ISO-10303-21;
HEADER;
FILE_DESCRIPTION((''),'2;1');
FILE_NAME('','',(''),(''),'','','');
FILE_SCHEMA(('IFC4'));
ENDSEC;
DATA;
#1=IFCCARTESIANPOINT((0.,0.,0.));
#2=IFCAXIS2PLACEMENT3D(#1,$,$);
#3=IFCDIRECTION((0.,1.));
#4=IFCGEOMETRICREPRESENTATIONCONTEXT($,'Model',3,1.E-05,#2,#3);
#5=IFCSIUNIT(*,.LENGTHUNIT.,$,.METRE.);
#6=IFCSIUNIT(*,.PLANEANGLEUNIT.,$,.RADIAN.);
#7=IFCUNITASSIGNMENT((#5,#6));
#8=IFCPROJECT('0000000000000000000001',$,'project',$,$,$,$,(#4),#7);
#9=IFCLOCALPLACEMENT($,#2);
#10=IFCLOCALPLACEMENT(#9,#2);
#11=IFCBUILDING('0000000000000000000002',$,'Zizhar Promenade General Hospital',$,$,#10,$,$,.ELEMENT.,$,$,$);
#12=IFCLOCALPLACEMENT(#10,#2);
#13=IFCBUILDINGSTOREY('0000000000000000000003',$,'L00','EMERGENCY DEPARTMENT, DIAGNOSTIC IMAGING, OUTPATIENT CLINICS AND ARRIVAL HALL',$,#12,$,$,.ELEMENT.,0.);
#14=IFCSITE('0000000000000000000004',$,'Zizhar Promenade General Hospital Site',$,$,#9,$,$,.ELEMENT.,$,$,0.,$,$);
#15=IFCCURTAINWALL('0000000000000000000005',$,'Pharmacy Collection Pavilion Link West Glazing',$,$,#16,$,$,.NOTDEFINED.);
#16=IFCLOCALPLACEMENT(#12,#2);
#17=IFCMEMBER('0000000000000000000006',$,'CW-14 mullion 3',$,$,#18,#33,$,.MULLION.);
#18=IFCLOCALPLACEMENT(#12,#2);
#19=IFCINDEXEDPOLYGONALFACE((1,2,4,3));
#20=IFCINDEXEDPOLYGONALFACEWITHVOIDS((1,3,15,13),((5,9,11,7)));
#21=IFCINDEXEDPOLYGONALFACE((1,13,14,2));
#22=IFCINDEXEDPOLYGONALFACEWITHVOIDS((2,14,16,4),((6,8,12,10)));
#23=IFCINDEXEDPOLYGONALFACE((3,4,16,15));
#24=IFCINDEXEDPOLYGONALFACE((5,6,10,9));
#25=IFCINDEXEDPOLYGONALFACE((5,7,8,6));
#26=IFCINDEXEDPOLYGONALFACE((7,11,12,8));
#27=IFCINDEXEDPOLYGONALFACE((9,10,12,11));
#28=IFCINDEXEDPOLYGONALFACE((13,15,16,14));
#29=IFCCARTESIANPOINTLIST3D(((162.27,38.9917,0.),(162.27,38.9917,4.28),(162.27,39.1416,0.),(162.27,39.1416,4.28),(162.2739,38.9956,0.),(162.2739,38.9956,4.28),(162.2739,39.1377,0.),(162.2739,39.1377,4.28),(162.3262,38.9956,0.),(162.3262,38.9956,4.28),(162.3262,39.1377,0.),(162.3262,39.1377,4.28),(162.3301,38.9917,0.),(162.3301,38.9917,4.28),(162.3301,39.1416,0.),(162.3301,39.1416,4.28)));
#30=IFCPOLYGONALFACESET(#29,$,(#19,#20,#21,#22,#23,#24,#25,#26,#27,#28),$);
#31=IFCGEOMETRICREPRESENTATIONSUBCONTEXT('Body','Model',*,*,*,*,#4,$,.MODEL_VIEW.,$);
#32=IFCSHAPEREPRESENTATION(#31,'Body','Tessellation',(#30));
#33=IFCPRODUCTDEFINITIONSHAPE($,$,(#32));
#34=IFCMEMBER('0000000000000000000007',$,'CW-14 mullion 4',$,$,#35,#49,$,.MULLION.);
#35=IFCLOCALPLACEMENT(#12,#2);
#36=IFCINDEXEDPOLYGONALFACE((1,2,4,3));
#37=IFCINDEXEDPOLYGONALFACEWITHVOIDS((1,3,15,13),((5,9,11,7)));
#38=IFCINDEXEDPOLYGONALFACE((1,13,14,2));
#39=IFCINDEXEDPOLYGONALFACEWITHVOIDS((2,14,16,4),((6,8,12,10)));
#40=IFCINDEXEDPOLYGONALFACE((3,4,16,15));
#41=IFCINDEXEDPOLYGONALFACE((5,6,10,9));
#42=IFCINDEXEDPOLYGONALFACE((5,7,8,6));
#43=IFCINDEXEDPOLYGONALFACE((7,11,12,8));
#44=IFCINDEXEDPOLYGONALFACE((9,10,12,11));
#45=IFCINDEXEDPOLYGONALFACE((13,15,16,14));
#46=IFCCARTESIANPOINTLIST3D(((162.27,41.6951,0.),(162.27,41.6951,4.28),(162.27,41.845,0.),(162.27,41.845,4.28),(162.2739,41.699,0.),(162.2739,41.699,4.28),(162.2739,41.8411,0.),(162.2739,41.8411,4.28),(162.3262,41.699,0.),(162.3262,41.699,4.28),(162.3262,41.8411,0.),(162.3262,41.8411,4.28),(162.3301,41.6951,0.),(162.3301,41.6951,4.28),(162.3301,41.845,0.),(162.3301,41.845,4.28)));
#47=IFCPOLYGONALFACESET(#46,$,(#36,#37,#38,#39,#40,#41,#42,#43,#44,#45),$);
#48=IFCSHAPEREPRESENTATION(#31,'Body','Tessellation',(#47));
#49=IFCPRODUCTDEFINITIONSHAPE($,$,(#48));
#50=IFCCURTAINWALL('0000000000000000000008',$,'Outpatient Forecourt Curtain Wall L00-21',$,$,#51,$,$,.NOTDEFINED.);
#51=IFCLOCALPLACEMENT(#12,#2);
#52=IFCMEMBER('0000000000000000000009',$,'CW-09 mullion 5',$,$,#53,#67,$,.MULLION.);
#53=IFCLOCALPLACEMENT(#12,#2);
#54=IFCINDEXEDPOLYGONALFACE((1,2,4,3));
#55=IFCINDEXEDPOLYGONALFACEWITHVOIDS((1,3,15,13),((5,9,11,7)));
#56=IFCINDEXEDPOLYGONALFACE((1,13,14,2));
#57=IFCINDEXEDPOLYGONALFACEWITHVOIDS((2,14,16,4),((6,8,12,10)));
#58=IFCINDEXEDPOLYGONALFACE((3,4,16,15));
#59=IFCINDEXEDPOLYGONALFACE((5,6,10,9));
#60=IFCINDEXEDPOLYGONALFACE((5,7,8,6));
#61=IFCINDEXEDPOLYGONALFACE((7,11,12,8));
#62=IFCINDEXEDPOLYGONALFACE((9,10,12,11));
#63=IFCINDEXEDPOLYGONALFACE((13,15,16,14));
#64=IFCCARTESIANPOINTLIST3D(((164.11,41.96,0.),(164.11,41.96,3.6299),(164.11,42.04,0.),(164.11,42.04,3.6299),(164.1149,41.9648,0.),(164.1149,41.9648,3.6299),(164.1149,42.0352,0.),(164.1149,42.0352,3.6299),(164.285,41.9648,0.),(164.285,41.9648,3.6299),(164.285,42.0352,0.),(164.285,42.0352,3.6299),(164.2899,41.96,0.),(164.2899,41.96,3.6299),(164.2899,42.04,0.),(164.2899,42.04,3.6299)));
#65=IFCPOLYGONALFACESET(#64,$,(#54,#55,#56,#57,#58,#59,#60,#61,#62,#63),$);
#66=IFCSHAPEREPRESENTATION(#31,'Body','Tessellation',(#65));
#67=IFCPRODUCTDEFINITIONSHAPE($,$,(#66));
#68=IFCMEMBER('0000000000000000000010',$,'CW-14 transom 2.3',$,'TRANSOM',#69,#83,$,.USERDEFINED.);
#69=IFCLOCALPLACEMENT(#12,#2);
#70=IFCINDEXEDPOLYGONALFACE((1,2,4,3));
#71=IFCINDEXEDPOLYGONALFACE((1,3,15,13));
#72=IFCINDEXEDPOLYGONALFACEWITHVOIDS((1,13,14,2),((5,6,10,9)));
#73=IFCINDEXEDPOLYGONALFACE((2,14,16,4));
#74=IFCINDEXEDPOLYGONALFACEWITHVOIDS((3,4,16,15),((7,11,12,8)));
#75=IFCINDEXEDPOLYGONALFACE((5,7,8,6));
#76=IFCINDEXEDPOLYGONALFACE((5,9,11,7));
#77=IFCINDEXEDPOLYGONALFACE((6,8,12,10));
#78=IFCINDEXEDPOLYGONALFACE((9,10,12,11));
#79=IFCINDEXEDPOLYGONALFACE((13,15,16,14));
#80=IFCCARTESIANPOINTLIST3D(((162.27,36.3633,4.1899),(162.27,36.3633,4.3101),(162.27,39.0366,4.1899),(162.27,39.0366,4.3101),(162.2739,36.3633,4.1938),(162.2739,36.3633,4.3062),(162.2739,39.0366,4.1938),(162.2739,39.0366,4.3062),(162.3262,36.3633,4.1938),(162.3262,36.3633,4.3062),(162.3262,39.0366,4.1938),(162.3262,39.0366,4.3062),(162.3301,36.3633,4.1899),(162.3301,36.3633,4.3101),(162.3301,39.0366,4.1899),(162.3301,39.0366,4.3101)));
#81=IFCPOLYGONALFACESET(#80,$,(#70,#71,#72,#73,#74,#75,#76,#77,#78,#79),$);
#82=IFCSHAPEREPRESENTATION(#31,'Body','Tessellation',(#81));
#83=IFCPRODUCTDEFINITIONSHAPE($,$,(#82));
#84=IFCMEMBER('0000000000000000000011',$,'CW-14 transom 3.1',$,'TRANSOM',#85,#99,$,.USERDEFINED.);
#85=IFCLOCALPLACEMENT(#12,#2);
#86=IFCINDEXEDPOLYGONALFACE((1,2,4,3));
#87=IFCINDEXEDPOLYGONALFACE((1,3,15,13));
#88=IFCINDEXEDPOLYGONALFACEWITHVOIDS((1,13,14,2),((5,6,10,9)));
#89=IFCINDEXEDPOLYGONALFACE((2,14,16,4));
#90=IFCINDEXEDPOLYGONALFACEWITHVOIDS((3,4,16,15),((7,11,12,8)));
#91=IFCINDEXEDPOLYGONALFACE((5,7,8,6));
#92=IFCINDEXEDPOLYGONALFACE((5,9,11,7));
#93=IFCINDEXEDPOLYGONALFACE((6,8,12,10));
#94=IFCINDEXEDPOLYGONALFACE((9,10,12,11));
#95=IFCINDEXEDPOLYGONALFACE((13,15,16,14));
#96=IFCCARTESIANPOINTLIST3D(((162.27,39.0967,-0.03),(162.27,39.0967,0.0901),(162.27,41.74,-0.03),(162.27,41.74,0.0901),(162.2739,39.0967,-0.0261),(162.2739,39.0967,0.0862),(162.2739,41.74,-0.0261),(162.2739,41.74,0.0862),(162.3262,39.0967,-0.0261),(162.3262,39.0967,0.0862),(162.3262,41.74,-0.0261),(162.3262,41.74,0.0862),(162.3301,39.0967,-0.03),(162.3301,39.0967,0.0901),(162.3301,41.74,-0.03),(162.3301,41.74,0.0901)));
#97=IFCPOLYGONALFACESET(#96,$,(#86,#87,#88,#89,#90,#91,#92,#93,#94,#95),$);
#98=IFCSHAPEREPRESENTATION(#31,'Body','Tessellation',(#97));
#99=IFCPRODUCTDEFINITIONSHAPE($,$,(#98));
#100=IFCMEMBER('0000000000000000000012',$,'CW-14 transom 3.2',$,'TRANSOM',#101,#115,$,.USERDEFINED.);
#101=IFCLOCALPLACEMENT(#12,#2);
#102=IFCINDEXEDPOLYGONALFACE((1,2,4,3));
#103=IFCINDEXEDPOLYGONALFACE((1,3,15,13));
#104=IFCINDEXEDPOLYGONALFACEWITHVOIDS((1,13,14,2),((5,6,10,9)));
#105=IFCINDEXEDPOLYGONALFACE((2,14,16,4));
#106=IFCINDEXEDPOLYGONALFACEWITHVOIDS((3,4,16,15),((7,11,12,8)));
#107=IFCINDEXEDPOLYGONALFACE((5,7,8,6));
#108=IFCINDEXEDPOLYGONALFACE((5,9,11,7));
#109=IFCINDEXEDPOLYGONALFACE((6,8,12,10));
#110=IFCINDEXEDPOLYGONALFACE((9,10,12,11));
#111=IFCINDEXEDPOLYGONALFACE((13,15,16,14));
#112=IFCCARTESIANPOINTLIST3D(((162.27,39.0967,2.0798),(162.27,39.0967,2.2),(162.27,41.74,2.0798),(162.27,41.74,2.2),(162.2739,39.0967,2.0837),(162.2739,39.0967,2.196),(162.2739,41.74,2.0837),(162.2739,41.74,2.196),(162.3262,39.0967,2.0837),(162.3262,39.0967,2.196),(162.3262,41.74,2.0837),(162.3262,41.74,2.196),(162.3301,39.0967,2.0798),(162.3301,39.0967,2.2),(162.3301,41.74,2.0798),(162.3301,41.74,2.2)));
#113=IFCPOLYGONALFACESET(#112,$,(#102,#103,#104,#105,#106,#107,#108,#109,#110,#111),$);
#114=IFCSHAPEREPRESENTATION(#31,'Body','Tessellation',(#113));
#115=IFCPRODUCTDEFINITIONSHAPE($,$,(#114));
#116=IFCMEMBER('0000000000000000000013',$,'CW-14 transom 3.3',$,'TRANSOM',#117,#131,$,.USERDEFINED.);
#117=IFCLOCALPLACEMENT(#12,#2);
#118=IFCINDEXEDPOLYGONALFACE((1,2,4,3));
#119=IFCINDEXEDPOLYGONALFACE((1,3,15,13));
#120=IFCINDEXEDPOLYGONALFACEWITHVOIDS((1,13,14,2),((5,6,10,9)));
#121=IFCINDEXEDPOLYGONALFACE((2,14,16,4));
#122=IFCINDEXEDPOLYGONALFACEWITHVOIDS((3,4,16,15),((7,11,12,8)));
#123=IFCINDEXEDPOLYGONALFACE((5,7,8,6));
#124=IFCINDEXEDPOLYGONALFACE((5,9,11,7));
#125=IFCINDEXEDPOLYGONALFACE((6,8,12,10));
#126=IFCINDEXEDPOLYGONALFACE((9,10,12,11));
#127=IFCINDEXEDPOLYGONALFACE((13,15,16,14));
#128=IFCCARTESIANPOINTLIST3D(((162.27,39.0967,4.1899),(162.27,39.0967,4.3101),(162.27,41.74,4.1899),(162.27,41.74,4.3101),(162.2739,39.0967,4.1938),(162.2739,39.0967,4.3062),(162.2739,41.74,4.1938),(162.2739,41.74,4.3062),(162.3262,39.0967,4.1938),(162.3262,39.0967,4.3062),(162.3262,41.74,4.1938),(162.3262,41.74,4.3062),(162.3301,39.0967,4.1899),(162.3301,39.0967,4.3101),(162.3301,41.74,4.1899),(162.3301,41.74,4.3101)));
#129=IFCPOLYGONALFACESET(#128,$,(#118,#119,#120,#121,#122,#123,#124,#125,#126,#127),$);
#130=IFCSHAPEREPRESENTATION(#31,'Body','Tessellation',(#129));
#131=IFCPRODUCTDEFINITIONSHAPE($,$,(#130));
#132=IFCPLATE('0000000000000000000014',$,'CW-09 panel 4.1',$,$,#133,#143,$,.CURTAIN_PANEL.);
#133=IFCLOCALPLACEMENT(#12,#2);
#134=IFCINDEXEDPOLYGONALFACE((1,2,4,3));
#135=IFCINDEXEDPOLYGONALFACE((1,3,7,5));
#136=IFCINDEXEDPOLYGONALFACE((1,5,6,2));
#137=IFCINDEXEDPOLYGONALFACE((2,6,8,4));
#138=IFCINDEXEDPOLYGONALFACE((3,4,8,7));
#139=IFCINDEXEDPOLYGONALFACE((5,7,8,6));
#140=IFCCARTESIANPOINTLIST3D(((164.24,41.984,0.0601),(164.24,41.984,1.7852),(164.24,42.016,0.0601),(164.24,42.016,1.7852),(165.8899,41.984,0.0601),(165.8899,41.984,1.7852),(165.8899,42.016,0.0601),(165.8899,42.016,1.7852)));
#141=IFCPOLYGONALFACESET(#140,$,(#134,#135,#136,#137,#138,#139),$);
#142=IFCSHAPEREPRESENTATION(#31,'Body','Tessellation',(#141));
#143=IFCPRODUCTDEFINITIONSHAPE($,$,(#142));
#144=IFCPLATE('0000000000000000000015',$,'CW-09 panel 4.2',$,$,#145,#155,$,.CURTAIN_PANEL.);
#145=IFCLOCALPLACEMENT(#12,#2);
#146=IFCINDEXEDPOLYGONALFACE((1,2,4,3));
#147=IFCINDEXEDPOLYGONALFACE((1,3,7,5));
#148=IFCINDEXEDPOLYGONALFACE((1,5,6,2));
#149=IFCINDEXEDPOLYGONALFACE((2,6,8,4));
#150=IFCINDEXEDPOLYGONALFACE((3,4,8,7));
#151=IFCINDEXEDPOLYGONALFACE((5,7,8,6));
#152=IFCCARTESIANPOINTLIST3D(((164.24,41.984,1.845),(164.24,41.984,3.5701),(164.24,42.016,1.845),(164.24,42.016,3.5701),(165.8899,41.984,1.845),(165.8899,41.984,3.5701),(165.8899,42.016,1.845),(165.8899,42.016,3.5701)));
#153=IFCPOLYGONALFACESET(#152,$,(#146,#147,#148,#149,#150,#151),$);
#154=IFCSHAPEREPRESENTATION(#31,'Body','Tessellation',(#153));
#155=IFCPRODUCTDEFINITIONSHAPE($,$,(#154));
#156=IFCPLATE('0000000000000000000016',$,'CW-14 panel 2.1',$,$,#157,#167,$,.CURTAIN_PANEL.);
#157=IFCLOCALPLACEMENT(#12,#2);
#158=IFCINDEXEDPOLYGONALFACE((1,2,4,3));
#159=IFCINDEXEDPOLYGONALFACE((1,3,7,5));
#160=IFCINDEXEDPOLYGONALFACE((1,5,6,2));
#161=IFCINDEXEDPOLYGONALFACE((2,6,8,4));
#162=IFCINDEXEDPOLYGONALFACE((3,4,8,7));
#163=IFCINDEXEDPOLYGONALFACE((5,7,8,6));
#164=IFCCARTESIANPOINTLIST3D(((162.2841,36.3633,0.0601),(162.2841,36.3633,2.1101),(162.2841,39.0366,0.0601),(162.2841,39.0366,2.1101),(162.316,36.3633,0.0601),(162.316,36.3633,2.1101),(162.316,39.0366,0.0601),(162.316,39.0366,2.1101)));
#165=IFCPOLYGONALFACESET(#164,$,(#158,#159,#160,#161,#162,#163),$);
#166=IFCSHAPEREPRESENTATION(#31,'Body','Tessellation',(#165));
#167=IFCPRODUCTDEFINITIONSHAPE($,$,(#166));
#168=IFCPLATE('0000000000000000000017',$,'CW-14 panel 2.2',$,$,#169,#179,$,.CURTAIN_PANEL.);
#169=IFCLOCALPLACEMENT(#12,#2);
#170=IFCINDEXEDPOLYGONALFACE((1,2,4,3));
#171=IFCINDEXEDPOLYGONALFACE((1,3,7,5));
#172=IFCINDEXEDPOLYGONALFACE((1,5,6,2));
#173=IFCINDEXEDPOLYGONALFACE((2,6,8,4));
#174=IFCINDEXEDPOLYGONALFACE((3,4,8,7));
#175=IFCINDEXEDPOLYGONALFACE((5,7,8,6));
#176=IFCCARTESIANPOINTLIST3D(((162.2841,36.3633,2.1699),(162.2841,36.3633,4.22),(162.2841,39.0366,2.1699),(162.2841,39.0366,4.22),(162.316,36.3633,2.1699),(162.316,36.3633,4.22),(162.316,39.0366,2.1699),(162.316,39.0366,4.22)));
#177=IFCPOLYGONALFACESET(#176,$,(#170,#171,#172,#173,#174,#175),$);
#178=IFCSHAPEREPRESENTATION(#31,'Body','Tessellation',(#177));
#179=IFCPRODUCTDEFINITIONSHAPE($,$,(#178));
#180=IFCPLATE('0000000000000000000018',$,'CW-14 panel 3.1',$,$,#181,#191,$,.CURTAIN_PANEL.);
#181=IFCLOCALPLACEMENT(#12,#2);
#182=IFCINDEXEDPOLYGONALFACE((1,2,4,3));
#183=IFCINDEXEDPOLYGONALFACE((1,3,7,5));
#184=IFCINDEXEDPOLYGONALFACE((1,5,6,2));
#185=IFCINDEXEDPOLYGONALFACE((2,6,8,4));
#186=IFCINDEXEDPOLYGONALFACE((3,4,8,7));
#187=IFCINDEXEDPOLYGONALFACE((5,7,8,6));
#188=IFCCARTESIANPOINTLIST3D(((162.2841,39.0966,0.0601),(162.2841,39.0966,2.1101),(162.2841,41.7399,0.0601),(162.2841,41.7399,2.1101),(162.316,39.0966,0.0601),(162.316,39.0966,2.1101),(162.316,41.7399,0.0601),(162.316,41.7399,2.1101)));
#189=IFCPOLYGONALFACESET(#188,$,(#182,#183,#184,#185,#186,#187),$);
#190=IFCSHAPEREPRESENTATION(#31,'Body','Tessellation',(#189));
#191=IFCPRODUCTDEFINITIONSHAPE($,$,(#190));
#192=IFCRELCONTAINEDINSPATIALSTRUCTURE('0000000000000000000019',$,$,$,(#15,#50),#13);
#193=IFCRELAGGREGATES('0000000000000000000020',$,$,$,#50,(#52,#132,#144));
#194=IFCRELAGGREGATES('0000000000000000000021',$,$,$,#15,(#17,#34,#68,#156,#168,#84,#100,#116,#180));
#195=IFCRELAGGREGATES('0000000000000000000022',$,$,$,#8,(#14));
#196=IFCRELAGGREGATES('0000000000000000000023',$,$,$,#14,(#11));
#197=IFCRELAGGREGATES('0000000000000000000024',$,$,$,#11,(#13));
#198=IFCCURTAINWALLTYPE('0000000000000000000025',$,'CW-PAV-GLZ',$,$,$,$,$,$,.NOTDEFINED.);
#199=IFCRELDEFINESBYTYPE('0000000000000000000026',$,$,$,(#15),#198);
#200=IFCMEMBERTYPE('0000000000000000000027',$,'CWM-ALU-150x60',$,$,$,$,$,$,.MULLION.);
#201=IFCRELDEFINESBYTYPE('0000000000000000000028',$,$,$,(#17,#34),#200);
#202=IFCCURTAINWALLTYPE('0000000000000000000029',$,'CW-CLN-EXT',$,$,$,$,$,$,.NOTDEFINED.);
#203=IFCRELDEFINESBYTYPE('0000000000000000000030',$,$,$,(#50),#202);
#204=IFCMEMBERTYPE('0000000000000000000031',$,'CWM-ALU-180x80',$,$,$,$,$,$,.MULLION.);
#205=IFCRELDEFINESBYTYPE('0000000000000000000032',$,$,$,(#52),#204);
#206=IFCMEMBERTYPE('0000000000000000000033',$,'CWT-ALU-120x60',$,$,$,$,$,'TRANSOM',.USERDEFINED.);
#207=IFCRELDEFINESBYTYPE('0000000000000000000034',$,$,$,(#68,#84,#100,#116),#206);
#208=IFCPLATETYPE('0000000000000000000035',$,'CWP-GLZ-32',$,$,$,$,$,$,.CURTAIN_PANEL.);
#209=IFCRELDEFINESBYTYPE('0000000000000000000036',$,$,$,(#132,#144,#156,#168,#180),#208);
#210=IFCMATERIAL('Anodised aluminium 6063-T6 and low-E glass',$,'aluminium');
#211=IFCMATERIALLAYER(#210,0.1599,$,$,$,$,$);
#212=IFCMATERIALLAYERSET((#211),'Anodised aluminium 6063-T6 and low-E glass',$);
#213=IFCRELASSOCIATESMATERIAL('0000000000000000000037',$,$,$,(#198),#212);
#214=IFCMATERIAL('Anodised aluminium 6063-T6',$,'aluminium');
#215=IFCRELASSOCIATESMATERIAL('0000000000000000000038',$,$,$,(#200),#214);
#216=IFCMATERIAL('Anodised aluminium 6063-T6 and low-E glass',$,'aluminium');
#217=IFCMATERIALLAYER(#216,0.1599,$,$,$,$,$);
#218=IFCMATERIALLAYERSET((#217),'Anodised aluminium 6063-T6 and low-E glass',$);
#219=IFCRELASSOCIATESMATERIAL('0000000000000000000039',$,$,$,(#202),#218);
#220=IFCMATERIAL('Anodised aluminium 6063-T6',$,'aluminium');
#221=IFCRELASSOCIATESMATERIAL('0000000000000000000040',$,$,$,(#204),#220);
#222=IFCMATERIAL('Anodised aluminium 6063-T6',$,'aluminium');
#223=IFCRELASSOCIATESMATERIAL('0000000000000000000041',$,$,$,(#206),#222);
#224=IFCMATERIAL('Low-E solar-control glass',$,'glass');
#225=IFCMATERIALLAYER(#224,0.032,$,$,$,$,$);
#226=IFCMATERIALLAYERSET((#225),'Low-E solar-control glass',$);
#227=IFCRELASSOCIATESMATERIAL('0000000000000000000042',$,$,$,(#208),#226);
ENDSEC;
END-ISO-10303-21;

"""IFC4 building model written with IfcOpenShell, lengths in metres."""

from ifc_helpers import new_model, si_unit, direction, frame, origin, origin_2d, place, context, subcontext, project, spatial, rectangle, hollow_rectangle, extrude, material, layer, layer_set, material_profile, profile_set, type_object, element, aggregate, save


model = new_model("IFC4")

# Units and contexts
model_context = context("Model", 3, precision=1e-05, world=origin(), true_north=direction((0.0, 1.0)))
body_context = subcontext(model_context, "Body", "Model", "MODEL_VIEW")
ifc_project = project(units=[si_unit("LENGTHUNIT", "METRE"), si_unit("PLANEANGLEUNIT", "RADIAN")], contexts=[model_context])

# Site, building, storey
site_placement = place(None, origin())
site = spatial("IfcSite", under=ifc_project, at=site_placement, Name="Zizhar Promenade General Hospital Site", CompositionType="ELEMENT", RefElevation=0.0)
building_placement = place(site_placement, origin())
building = spatial("IfcBuilding", under=site, at=building_placement, Name="Zizhar Promenade General Hospital", CompositionType="ELEMENT")
storey_placement = place(building_placement, origin())
storey = spatial("IfcBuildingStorey", under=building, at=storey_placement, Name="L00", Description="EMERGENCY DEPARTMENT, DIAGNOSTIC IMAGING, OUTPATIENT CLINICS AND ARRIVAL HALL", CompositionType="ELEMENT", Elevation=0.0)

# Curtain wall, members
ifc_material_1 = material(Name="Anodised aluminium 6063-T6 and low-E glass", Category="aluminium")
ifc_layer_1 = layer(ifc_material_1, 0.1599)
ifc_layer_set_1 = layer_set([ifc_layer_1], Name="Anodised aluminium 6063-T6 and low-E glass")
curtain_wall_type_1 = type_object("IfcCurtainWallType", Name="CW-PAV-GLZ", PredefinedType="NOTDEFINED", material=ifc_layer_set_1)
curtain_wall_1_placement = place(storey_placement, origin())
curtain_wall_1 = element("IfcCurtainWall", 1, at=curtain_wall_1_placement, inside=storey, type_object=curtain_wall_type_1, Name="Pharmacy Collection Pavilion Link West Glazing", PredefinedType="NOTDEFINED")
ifc_material_2 = material(Name="Anodised aluminium 6063-T6", Category="aluminium")
ifc_material_profile_1 = material_profile(ifc_material_2, hollow_rectangle(XDim=0.0601, YDim=0.1499, WallThickness=0.0039, at=origin_2d()))
ifc_profile_set_1 = profile_set([ifc_material_profile_1], Name="Anodised aluminium 6063-T6")
member_type_1 = type_object("IfcMemberType", Name="CWM-ALU-150x60", PredefinedType="MULLION", material=ifc_profile_set_1)
member_1_placement = place(storey_placement, frame((162.3, 39.0667, 0.0), z_axis=(0.0, 0.0, 1.0), x_axis=(-1.0, 0.0, 0.0)))
member_1 = element("IfcMember", 2, at=member_1_placement, type_object=member_type_1, Name="CW-14 mullion 3", PredefinedType="MULLION", context=body_context, shape_type="SweptSolid", body=[
    extrude(hollow_rectangle(XDim=0.0601, YDim=0.1499, WallThickness=0.0039, at=origin_2d()), origin(), (0.0, 0.0, 1.0), 4.28),
])
member_2_placement = place(storey_placement, frame((162.3, 41.77, 0.0), z_axis=(0.0, 0.0, 1.0), x_axis=(-1.0, 0.0, 0.0)))
member_2 = element("IfcMember", 3, at=member_2_placement, type_object=member_type_1, Name="CW-14 mullion 4", PredefinedType="MULLION", context=body_context, shape_type="SweptSolid", body=[
    extrude(hollow_rectangle(XDim=0.0601, YDim=0.1499, WallThickness=0.0039, at=origin_2d()), origin(), (0.0, 0.0, 1.0), 4.28),
])

# Curtain wall, member
ifc_material_3 = material(Name="Anodised aluminium 6063-T6 and low-E glass", Category="aluminium")
ifc_layer_2 = layer(ifc_material_3, 0.1599)
ifc_layer_set_2 = layer_set([ifc_layer_2], Name="Anodised aluminium 6063-T6 and low-E glass")
curtain_wall_type_2 = type_object("IfcCurtainWallType", Name="CW-CLN-EXT", PredefinedType="NOTDEFINED", material=ifc_layer_set_2)
curtain_wall_2_placement = place(storey_placement, origin())
curtain_wall_2 = element("IfcCurtainWall", 4, at=curtain_wall_2_placement, inside=storey, type_object=curtain_wall_type_2, Name="Outpatient Forecourt Curtain Wall L00-21", PredefinedType="NOTDEFINED")
ifc_material_4 = material(Name="Anodised aluminium 6063-T6", Category="aluminium")
ifc_material_profile_2 = material_profile(ifc_material_4, hollow_rectangle(XDim=0.0801, YDim=0.1799, WallThickness=0.0049, at=origin_2d()))
ifc_profile_set_2 = profile_set([ifc_material_profile_2], Name="Anodised aluminium 6063-T6")
member_type_2 = type_object("IfcMemberType", Name="CWM-ALU-180x80", PredefinedType="MULLION", material=ifc_profile_set_2)
member_3_placement = place(storey_placement, frame((164.2, 42.0, 0.0), z_axis=(0.0, 0.0, 1.0), x_axis=(0.0, -1.0, 0.0)))
member_3 = element("IfcMember", 5, at=member_3_placement, type_object=member_type_2, Name="CW-09 mullion 5", PredefinedType="MULLION", context=body_context, shape_type="SweptSolid", body=[
    extrude(hollow_rectangle(XDim=0.0801, YDim=0.1799, WallThickness=0.0049, at=origin_2d()), origin(), (0.0, 0.0, 1.0), 3.6299),
])

# Members
ifc_material_5 = material(Name="Anodised aluminium 6063-T6", Category="aluminium")
ifc_material_profile_3 = material_profile(ifc_material_5, hollow_rectangle(XDim=0.0601, YDim=0.1201, WallThickness=0.0039, at=origin_2d()))
ifc_profile_set_3 = profile_set([ifc_material_profile_3], Name="Anodised aluminium 6063-T6")
member_type_3 = type_object("IfcMemberType", Name="CWT-ALU-120x60", ElementType="TRANSOM", PredefinedType="USERDEFINED", material=ifc_profile_set_3)
member_4_placement = place(storey_placement, frame((162.3, 36.3633, 4.25), z_axis=(0.0, 1.0, 0.0), x_axis=(-1.0, 0.0, 0.0)))
member_4 = element("IfcMember", 6, at=member_4_placement, type_object=member_type_3, Name="CW-14 transom 2.3", ObjectType="TRANSOM", PredefinedType="USERDEFINED", context=body_context, shape_type="SweptSolid", body=[
    extrude(hollow_rectangle(XDim=0.0601, YDim=0.1201, WallThickness=0.0039, at=origin_2d()), origin(), (0.0, 0.0, 1.0), 2.6733),
])
member_5_placement = place(storey_placement, frame((162.3, 39.0967, 0.03), z_axis=(0.0, 1.0, 0.0), x_axis=(-1.0, 0.0, 0.0)))
member_5 = element("IfcMember", 7, at=member_5_placement, type_object=member_type_3, Name="CW-14 transom 3.1", ObjectType="TRANSOM", PredefinedType="USERDEFINED", context=body_context, shape_type="SweptSolid", body=[
    extrude(hollow_rectangle(XDim=0.0601, YDim=0.1201, WallThickness=0.0039, at=origin_2d()), origin(), (0.0, 0.0, 1.0), 2.6433),
])
member_6_placement = place(storey_placement, frame((162.3, 39.0967, 2.1399), z_axis=(0.0, 1.0, 0.0), x_axis=(-1.0, 0.0, 0.0)))
member_6 = element("IfcMember", 8, at=member_6_placement, type_object=member_type_3, Name="CW-14 transom 3.2", ObjectType="TRANSOM", PredefinedType="USERDEFINED", context=body_context, shape_type="SweptSolid", body=[
    extrude(hollow_rectangle(XDim=0.0601, YDim=0.1201, WallThickness=0.0039, at=origin_2d()), origin(), (0.0, 0.0, 1.0), 2.6433),
])
member_7_placement = place(storey_placement, frame((162.3, 39.0967, 4.25), z_axis=(0.0, 1.0, 0.0), x_axis=(-1.0, 0.0, 0.0)))
member_7 = element("IfcMember", 9, at=member_7_placement, type_object=member_type_3, Name="CW-14 transom 3.3", ObjectType="TRANSOM", PredefinedType="USERDEFINED", context=body_context, shape_type="SweptSolid", body=[
    extrude(hollow_rectangle(XDim=0.0601, YDim=0.1201, WallThickness=0.0039, at=origin_2d()), origin(), (0.0, 0.0, 1.0), 2.6433),
])

# Plates
ifc_material_6 = material(Name="Low-E solar-control glass", Category="glass")
ifc_layer_3 = layer(ifc_material_6, 0.032)
ifc_layer_set_3 = layer_set([ifc_layer_3], Name="Low-E solar-control glass")
plate_type = type_object("IfcPlateType", Name="CWP-GLZ-32", PredefinedType="CURTAIN_PANEL", material=ifc_layer_set_3)
plate_1_placement = place(storey_placement, frame((165.0649, 42.0, 0.0601), z_axis=(0.0, 0.0, 1.0), x_axis=(-1.0, 0.0, 0.0)))
plate_1 = element("IfcPlate", 10, at=plate_1_placement, type_object=plate_type, Name="CW-09 panel 4.1", PredefinedType="CURTAIN_PANEL", context=body_context, shape_type="SweptSolid", body=[
    extrude(rectangle(XDim=1.6499, YDim=0.032, at=origin_2d()), origin(), (0.0, 0.0, 1.0), 1.7251),
])
plate_2_placement = place(storey_placement, frame((165.0649, 42.0, 1.845), z_axis=(0.0, 0.0, 1.0), x_axis=(-1.0, 0.0, 0.0)))
plate_2 = element("IfcPlate", 11, at=plate_2_placement, type_object=plate_type, Name="CW-09 panel 4.2", PredefinedType="CURTAIN_PANEL", context=body_context, shape_type="SweptSolid", body=[
    extrude(rectangle(XDim=1.6499, YDim=0.032, at=origin_2d()), origin(), (0.0, 0.0, 1.0), 1.7251),
])
aggregate(curtain_wall_2, [member_3, plate_1, plate_2])
plate_3_placement = place(storey_placement, frame((162.3, 37.7, 0.0601), z_axis=(0.0, 0.0, 1.0), x_axis=(0.0, 1.0, 0.0)))
plate_3 = element("IfcPlate", 12, at=plate_3_placement, type_object=plate_type, Name="CW-14 panel 2.1", PredefinedType="CURTAIN_PANEL", context=body_context, shape_type="SweptSolid", body=[
    extrude(rectangle(XDim=2.6733, YDim=0.032, at=origin_2d()), origin(), (0.0, 0.0, 1.0), 2.05),
])
plate_4_placement = place(storey_placement, frame((162.3, 37.7, 2.1699), z_axis=(0.0, 0.0, 1.0), x_axis=(0.0, 1.0, 0.0)))
plate_4 = element("IfcPlate", 13, at=plate_4_placement, type_object=plate_type, Name="CW-14 panel 2.2", PredefinedType="CURTAIN_PANEL", context=body_context, shape_type="SweptSolid", body=[
    extrude(rectangle(XDim=2.6733, YDim=0.032, at=origin_2d()), origin(), (0.0, 0.0, 1.0), 2.05),
])
plate_5_placement = place(storey_placement, frame((162.3, 40.4182, 0.0601), z_axis=(0.0, 0.0, 1.0), x_axis=(0.0, 1.0, 0.0)))
plate_5 = element("IfcPlate", 14, at=plate_5_placement, type_object=plate_type, Name="CW-14 panel 3.1", PredefinedType="CURTAIN_PANEL", context=body_context, shape_type="SweptSolid", body=[
    extrude(rectangle(XDim=2.6433, YDim=0.032, at=origin_2d()), origin(), (0.0, 0.0, 1.0), 2.05),
])
aggregate(curtain_wall_1, [member_1, member_2, member_4, plate_3, plate_4, member_5, member_6, member_7, plate_5])

save(model, "model.ifc")
